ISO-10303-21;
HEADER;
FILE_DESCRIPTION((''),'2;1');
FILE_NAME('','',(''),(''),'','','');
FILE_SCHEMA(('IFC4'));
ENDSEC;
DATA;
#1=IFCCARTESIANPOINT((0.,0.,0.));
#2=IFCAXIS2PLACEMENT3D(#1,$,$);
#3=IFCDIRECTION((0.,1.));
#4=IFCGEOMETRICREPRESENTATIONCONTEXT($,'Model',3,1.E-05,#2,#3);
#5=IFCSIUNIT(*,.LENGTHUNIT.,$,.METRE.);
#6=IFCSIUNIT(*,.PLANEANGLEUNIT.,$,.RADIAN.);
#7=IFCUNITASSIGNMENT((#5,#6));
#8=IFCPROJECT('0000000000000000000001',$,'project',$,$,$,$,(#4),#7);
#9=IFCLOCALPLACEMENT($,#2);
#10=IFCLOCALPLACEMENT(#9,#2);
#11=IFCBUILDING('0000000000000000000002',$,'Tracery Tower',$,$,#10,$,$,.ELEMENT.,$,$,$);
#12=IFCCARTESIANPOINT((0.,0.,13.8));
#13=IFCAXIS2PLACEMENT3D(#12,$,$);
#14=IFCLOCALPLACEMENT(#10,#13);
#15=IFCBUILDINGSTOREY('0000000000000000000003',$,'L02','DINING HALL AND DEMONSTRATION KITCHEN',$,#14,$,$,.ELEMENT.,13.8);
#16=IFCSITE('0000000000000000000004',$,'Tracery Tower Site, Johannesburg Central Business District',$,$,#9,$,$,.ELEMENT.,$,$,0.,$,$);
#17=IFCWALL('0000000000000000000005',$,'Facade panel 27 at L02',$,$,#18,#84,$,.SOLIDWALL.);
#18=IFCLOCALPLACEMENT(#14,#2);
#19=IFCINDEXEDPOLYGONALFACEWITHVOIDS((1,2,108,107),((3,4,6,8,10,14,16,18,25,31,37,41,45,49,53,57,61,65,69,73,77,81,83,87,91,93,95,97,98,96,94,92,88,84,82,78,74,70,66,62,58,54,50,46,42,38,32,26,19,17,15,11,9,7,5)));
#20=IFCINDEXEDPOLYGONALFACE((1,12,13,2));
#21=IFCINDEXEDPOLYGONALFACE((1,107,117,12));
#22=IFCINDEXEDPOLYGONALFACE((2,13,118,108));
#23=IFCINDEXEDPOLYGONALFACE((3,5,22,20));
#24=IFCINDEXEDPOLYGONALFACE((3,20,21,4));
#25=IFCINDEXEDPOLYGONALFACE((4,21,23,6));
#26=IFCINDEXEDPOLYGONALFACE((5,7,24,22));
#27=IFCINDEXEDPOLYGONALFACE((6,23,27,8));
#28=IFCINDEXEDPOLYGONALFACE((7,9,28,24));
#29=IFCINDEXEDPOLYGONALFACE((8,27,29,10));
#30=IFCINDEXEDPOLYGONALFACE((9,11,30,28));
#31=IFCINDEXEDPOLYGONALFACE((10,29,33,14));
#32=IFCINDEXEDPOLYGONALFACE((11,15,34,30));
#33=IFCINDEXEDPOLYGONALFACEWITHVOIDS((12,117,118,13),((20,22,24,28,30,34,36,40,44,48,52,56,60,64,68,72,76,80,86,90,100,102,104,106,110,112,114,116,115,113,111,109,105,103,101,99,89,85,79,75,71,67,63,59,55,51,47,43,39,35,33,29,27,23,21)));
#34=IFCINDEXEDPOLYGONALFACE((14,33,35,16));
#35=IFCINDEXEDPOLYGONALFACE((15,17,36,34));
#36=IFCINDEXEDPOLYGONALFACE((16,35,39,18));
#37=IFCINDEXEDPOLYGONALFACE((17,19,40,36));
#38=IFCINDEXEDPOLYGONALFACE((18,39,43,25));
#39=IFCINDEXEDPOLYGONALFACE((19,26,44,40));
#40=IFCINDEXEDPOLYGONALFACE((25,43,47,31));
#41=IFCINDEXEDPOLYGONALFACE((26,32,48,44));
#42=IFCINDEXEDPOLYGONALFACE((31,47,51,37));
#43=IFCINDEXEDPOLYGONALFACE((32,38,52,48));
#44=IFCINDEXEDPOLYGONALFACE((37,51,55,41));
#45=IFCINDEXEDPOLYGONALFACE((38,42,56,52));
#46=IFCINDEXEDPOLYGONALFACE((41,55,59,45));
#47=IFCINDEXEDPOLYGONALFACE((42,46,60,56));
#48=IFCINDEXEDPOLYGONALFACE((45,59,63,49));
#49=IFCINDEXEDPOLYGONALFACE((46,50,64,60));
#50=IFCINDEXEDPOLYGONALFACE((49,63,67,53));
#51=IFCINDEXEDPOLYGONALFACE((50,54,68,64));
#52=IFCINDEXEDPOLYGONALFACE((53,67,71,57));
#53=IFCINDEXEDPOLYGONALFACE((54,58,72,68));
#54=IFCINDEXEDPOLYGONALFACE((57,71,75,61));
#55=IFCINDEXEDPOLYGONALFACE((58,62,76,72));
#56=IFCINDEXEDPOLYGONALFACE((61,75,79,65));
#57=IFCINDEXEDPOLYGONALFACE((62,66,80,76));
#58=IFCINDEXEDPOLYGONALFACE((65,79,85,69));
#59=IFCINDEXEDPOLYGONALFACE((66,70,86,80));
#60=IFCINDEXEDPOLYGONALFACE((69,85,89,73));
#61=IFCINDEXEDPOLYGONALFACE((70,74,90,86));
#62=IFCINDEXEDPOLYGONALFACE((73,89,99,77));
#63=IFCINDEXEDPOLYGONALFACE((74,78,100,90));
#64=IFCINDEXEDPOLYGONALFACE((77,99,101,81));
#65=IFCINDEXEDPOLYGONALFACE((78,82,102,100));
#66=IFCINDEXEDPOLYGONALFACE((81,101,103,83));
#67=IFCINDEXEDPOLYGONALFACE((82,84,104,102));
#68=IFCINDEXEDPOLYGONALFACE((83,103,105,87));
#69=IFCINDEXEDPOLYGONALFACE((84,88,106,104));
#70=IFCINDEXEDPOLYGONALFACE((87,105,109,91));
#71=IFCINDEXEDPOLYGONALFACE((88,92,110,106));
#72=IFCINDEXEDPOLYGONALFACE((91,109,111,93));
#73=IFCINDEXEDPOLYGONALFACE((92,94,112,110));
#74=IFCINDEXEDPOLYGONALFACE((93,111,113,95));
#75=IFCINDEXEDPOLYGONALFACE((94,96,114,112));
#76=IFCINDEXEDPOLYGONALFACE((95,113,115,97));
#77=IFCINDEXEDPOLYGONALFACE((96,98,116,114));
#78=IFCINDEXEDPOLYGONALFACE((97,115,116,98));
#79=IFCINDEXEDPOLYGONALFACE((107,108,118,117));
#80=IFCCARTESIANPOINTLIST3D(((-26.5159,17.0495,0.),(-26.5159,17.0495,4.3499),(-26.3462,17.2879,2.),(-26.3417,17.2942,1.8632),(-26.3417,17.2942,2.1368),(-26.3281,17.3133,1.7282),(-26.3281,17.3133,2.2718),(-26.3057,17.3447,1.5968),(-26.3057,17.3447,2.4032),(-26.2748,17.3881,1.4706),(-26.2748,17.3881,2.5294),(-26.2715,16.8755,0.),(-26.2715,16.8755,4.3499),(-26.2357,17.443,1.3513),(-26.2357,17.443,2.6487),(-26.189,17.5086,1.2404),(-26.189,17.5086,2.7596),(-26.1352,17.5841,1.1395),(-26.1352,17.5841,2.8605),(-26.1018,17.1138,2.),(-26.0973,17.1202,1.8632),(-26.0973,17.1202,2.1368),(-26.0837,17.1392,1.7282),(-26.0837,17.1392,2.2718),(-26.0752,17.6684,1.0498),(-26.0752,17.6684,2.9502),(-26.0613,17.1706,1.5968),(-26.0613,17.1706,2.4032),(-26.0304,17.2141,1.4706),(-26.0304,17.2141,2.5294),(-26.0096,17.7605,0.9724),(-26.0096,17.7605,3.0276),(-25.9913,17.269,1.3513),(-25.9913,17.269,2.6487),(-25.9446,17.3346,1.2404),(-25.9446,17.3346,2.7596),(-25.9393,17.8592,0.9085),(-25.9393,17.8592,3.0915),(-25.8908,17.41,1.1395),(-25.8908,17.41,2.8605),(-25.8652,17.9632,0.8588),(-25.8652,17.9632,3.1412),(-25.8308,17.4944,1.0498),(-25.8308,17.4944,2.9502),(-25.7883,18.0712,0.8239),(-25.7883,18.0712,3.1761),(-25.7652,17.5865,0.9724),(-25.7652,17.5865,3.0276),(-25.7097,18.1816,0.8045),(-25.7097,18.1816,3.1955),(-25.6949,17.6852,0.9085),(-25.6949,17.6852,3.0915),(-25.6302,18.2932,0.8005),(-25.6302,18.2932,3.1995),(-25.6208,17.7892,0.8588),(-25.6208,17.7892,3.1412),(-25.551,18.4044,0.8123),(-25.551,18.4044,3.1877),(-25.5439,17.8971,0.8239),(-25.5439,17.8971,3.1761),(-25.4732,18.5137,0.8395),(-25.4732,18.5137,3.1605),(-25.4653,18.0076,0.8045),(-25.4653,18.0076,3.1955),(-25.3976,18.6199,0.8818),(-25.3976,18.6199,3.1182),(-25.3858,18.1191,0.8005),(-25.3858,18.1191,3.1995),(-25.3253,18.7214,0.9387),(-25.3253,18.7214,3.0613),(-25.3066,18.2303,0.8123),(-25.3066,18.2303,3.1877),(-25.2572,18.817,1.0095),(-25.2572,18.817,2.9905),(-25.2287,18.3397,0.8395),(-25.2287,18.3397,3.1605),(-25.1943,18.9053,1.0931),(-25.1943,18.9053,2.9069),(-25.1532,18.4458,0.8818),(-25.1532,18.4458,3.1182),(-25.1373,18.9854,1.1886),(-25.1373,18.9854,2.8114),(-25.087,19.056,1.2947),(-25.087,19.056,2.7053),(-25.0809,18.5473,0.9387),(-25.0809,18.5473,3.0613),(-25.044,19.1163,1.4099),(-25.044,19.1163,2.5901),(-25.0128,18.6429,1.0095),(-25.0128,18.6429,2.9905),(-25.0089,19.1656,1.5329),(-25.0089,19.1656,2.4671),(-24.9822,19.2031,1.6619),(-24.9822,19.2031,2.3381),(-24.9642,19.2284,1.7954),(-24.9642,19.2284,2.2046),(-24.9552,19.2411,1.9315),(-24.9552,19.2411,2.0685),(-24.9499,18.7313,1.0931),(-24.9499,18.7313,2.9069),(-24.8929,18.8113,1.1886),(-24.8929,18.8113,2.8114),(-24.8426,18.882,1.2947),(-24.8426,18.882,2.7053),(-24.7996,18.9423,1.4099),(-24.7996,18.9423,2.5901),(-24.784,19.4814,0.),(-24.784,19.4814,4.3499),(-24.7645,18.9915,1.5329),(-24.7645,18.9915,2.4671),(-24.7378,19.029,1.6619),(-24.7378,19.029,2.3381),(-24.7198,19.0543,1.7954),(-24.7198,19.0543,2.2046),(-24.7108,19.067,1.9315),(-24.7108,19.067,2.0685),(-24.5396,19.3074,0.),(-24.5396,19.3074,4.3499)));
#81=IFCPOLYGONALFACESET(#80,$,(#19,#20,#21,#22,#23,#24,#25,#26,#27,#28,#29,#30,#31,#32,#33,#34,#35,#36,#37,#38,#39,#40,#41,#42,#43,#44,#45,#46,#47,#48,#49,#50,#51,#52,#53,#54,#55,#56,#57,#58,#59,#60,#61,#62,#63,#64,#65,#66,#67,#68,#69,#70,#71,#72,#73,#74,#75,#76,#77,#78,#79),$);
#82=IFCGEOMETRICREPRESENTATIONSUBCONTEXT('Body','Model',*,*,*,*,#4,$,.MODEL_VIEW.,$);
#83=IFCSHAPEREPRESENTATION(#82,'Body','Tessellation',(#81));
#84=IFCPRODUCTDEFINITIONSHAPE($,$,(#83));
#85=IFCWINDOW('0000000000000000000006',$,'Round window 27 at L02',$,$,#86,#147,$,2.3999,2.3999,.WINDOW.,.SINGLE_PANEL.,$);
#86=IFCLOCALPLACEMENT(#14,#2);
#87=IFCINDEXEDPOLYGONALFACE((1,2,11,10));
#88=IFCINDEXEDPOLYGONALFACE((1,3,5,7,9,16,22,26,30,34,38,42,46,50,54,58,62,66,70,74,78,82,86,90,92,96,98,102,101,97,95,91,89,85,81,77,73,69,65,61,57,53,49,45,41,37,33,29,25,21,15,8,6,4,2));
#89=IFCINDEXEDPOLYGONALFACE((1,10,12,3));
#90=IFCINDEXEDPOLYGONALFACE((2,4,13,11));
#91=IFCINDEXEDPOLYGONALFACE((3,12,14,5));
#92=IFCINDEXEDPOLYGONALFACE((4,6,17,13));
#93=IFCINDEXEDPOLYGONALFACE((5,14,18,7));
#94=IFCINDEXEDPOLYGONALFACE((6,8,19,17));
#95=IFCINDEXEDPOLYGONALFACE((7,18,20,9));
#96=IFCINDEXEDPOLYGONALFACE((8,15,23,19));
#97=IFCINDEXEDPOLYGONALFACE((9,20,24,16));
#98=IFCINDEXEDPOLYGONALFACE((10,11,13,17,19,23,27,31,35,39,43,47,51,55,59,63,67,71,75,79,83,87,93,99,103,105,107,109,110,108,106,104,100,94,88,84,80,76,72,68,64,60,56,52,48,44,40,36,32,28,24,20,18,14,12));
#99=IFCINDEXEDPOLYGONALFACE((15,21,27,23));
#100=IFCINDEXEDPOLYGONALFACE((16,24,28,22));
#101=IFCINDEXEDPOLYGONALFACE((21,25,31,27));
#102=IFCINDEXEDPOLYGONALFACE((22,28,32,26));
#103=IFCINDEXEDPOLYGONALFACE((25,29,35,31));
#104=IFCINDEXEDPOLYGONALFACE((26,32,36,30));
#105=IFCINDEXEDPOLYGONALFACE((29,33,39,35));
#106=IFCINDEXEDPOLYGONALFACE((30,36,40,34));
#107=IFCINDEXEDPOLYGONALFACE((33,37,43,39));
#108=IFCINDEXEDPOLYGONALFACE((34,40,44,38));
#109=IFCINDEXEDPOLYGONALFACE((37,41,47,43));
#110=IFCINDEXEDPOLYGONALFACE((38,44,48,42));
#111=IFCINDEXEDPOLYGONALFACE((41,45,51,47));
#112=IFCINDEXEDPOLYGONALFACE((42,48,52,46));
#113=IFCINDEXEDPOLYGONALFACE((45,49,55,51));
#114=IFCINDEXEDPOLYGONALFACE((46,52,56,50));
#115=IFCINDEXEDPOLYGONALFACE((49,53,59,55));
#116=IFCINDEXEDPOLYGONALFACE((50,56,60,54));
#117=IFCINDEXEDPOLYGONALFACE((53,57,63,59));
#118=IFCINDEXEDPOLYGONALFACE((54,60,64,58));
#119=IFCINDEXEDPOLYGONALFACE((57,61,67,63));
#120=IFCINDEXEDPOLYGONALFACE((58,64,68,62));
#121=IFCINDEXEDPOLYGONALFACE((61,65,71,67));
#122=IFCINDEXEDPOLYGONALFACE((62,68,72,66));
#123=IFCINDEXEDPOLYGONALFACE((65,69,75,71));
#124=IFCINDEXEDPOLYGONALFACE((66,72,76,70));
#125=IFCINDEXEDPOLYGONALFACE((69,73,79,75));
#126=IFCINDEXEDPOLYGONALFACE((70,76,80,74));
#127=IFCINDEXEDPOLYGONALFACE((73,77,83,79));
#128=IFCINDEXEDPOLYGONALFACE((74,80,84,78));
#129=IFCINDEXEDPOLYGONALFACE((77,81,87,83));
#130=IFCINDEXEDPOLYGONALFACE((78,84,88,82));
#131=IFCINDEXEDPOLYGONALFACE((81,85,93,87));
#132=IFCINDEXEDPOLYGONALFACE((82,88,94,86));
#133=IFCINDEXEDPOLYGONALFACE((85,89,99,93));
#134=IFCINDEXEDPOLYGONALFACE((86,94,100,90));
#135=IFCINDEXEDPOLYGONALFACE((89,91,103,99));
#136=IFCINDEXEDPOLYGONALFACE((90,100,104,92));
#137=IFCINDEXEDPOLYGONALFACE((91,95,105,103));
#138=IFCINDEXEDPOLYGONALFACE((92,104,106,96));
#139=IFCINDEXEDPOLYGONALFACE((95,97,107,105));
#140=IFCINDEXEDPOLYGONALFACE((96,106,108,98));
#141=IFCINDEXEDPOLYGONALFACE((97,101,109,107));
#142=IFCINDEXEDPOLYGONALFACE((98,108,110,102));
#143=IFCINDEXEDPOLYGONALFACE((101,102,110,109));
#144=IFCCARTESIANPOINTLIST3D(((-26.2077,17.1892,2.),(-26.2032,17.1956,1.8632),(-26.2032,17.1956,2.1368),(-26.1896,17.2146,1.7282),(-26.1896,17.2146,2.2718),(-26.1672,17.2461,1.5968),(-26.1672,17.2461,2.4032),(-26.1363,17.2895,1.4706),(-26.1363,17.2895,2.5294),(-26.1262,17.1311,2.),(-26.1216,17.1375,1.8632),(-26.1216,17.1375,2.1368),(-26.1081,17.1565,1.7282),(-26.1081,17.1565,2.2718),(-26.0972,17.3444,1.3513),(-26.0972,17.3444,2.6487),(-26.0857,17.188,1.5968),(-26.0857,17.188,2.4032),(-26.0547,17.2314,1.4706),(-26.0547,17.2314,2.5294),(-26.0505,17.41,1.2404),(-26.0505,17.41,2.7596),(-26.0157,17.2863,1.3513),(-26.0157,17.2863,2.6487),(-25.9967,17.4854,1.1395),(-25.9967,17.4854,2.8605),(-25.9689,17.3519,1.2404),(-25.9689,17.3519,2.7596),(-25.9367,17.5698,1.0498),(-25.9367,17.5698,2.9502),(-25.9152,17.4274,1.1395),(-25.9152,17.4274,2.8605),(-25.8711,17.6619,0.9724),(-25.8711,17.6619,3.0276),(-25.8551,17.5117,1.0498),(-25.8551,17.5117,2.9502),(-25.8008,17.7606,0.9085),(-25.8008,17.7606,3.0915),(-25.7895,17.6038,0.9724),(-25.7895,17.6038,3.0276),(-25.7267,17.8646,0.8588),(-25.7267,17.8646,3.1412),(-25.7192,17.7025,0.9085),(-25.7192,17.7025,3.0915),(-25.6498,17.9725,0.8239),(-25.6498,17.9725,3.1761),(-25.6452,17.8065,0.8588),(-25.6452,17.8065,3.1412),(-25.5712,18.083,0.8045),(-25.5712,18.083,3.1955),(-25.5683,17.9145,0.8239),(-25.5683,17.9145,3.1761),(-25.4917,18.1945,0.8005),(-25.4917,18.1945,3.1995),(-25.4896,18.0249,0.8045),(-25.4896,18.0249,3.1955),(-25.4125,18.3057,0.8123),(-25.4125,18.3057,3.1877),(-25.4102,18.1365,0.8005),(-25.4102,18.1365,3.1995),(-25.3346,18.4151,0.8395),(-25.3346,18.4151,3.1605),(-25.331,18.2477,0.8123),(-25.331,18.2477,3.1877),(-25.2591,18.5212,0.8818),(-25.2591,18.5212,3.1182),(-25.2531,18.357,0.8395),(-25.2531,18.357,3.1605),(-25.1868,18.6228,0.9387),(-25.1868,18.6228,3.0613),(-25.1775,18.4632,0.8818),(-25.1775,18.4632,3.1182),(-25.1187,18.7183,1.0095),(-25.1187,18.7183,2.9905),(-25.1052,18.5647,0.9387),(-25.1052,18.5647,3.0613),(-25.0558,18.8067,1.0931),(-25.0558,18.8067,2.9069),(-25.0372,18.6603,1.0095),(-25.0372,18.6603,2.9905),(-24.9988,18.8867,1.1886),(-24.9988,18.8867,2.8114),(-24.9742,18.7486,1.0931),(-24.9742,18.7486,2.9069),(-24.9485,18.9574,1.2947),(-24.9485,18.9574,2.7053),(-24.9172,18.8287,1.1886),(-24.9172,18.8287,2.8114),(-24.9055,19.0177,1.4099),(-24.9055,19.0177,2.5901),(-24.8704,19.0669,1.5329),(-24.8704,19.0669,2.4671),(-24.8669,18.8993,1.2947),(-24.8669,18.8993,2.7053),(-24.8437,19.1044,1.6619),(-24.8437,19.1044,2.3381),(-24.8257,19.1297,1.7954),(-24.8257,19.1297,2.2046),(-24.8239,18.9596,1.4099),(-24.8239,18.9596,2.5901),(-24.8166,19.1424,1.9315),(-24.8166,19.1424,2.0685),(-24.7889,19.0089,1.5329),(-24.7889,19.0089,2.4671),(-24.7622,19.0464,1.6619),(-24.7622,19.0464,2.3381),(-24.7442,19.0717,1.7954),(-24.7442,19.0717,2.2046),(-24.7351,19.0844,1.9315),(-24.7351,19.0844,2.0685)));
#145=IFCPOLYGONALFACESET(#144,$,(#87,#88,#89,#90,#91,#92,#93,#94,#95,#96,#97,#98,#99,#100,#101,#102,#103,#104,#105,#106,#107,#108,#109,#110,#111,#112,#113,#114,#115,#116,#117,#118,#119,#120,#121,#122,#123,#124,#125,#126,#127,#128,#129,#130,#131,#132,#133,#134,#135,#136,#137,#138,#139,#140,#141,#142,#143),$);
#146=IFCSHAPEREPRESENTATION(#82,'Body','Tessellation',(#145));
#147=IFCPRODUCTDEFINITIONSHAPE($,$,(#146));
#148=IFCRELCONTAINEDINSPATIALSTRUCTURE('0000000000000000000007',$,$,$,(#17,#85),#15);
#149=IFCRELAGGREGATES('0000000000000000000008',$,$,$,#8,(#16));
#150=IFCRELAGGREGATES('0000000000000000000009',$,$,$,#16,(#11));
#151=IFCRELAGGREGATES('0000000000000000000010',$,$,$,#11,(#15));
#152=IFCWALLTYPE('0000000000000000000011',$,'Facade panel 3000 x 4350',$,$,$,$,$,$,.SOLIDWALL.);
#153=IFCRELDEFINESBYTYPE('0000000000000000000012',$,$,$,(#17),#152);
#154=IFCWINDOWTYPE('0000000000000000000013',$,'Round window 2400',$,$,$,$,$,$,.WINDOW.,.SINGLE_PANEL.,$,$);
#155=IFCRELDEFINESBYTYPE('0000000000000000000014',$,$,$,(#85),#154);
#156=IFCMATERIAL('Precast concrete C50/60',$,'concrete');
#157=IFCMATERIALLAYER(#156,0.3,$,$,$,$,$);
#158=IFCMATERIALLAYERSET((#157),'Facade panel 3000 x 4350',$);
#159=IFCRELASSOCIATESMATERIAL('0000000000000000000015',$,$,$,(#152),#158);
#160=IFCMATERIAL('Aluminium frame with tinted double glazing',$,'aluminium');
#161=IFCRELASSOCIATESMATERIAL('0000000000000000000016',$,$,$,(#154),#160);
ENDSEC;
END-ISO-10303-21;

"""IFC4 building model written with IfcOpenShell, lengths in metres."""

from ifc_helpers import new_model, si_unit, direction, frame, frame_2d, origin, origin_2d, place, context, subcontext, project, spatial, rectangle, circle, extrude, material, layer, layer_set, type_object, element, fill, save


model = new_model("IFC4")

# Units and contexts
model_context = context("Model", 3, precision=1e-05, world=origin(), true_north=direction((0.0, 1.0)))
body_context = subcontext(model_context, "Body", "Model", "MODEL_VIEW")
ifc_project = project(units=[si_unit("LENGTHUNIT", "METRE"), si_unit("PLANEANGLEUNIT", "RADIAN")], contexts=[model_context])

# Site, building, storey
site_placement = place(None, origin())
site = spatial("IfcSite", under=ifc_project, at=site_placement, Name="Tracery Tower Site, Johannesburg Central Business District", CompositionType="ELEMENT", RefElevation=0.0)
building_placement = place(site_placement, origin())
building = spatial("IfcBuilding", under=site, at=building_placement, Name="Tracery Tower", CompositionType="ELEMENT")
storey_placement = place(building_placement, frame((0.0, 0.0, 13.8)))
storey = spatial("IfcBuildingStorey", under=building, at=storey_placement, Name="L02", Description="DINING HALL AND DEMONSTRATION KITCHEN", CompositionType="ELEMENT", Elevation=13.8)

# Wall, opening, window
ifc_material_1 = material(Name="Precast concrete C50/60", Category="concrete")
ifc_layer_1 = layer(ifc_material_1, 0.3)
ifc_layer_set_1 = layer_set([ifc_layer_1], Name="Facade panel 3000 x 4350")
wall_type_1 = type_object("IfcWallType", Name="Facade panel 3000 x 4350", PredefinedType="SOLIDWALL", material=ifc_layer_set_1)
ifc_material_2 = material(Name="Aluminium frame with tinted double glazing", Category="aluminium")
window_type = type_object("IfcWindowType", Name="Round window 2400", PartitioningType="SINGLE_PANEL", PredefinedType="WINDOW", material=ifc_material_2)
wall_1_placement = place(storey_placement, frame((-24.6619, 19.3943, 0.0), z_axis=(0.0, 0.0, 1.0), x_axis=(-0.580101, -0.814545, 0.0)))
wall_1 = element("IfcWall", 1, at=wall_1_placement, inside=storey, type_object=wall_type_1, Name="Facade panel 27 at L02", PredefinedType="SOLIDWALL", context=body_context, shape_type="SweptSolid", body=[
    extrude(rectangle(XDim=2.9856, YDim=0.3, at=frame_2d((1.4927, 0.0))), origin(), (0.0, 0.0, 1.0), 4.3499),
])
opening_1_placement = place(wall_1_placement, frame((1.4929, 0.0, 2.0)))
opening_1 = element("IfcOpeningElement", 2, at=opening_1_placement, cuts=wall_1, PredefinedType="OPENING", context=body_context, shape_type="SweptSolid", body=[
    extrude(circle(Radius=1.2, at=origin_2d()), frame((0.0, 0.1599, 0.0), z_axis=(0.0, -1.0, 0.0), x_axis=(1.0, 0.0, 0.0)), (0.0, 0.0, 1.0), 0.3201),
])
window_1_placement = place(opening_1_placement, origin())
window_1 = element("IfcWindow", 3, at=window_1_placement, inside=storey, type_object=window_type, Name="Round window 27 at L02", OverallHeight=2.3999, OverallWidth=2.3999, PartitioningType="SINGLE_PANEL", PredefinedType="WINDOW", context=body_context, shape_type="SweptSolid", body=[
    extrude(circle(Radius=1.2, at=origin_2d()), frame((0.0, 0.1201, 0.0), z_axis=(0.0, -1.0, 0.0), x_axis=(1.0, 0.0, 0.0)), (0.0, 0.0, 1.0), 0.1001),
])
fill(opening_1, window_1)

save(model, "model.ifc")
